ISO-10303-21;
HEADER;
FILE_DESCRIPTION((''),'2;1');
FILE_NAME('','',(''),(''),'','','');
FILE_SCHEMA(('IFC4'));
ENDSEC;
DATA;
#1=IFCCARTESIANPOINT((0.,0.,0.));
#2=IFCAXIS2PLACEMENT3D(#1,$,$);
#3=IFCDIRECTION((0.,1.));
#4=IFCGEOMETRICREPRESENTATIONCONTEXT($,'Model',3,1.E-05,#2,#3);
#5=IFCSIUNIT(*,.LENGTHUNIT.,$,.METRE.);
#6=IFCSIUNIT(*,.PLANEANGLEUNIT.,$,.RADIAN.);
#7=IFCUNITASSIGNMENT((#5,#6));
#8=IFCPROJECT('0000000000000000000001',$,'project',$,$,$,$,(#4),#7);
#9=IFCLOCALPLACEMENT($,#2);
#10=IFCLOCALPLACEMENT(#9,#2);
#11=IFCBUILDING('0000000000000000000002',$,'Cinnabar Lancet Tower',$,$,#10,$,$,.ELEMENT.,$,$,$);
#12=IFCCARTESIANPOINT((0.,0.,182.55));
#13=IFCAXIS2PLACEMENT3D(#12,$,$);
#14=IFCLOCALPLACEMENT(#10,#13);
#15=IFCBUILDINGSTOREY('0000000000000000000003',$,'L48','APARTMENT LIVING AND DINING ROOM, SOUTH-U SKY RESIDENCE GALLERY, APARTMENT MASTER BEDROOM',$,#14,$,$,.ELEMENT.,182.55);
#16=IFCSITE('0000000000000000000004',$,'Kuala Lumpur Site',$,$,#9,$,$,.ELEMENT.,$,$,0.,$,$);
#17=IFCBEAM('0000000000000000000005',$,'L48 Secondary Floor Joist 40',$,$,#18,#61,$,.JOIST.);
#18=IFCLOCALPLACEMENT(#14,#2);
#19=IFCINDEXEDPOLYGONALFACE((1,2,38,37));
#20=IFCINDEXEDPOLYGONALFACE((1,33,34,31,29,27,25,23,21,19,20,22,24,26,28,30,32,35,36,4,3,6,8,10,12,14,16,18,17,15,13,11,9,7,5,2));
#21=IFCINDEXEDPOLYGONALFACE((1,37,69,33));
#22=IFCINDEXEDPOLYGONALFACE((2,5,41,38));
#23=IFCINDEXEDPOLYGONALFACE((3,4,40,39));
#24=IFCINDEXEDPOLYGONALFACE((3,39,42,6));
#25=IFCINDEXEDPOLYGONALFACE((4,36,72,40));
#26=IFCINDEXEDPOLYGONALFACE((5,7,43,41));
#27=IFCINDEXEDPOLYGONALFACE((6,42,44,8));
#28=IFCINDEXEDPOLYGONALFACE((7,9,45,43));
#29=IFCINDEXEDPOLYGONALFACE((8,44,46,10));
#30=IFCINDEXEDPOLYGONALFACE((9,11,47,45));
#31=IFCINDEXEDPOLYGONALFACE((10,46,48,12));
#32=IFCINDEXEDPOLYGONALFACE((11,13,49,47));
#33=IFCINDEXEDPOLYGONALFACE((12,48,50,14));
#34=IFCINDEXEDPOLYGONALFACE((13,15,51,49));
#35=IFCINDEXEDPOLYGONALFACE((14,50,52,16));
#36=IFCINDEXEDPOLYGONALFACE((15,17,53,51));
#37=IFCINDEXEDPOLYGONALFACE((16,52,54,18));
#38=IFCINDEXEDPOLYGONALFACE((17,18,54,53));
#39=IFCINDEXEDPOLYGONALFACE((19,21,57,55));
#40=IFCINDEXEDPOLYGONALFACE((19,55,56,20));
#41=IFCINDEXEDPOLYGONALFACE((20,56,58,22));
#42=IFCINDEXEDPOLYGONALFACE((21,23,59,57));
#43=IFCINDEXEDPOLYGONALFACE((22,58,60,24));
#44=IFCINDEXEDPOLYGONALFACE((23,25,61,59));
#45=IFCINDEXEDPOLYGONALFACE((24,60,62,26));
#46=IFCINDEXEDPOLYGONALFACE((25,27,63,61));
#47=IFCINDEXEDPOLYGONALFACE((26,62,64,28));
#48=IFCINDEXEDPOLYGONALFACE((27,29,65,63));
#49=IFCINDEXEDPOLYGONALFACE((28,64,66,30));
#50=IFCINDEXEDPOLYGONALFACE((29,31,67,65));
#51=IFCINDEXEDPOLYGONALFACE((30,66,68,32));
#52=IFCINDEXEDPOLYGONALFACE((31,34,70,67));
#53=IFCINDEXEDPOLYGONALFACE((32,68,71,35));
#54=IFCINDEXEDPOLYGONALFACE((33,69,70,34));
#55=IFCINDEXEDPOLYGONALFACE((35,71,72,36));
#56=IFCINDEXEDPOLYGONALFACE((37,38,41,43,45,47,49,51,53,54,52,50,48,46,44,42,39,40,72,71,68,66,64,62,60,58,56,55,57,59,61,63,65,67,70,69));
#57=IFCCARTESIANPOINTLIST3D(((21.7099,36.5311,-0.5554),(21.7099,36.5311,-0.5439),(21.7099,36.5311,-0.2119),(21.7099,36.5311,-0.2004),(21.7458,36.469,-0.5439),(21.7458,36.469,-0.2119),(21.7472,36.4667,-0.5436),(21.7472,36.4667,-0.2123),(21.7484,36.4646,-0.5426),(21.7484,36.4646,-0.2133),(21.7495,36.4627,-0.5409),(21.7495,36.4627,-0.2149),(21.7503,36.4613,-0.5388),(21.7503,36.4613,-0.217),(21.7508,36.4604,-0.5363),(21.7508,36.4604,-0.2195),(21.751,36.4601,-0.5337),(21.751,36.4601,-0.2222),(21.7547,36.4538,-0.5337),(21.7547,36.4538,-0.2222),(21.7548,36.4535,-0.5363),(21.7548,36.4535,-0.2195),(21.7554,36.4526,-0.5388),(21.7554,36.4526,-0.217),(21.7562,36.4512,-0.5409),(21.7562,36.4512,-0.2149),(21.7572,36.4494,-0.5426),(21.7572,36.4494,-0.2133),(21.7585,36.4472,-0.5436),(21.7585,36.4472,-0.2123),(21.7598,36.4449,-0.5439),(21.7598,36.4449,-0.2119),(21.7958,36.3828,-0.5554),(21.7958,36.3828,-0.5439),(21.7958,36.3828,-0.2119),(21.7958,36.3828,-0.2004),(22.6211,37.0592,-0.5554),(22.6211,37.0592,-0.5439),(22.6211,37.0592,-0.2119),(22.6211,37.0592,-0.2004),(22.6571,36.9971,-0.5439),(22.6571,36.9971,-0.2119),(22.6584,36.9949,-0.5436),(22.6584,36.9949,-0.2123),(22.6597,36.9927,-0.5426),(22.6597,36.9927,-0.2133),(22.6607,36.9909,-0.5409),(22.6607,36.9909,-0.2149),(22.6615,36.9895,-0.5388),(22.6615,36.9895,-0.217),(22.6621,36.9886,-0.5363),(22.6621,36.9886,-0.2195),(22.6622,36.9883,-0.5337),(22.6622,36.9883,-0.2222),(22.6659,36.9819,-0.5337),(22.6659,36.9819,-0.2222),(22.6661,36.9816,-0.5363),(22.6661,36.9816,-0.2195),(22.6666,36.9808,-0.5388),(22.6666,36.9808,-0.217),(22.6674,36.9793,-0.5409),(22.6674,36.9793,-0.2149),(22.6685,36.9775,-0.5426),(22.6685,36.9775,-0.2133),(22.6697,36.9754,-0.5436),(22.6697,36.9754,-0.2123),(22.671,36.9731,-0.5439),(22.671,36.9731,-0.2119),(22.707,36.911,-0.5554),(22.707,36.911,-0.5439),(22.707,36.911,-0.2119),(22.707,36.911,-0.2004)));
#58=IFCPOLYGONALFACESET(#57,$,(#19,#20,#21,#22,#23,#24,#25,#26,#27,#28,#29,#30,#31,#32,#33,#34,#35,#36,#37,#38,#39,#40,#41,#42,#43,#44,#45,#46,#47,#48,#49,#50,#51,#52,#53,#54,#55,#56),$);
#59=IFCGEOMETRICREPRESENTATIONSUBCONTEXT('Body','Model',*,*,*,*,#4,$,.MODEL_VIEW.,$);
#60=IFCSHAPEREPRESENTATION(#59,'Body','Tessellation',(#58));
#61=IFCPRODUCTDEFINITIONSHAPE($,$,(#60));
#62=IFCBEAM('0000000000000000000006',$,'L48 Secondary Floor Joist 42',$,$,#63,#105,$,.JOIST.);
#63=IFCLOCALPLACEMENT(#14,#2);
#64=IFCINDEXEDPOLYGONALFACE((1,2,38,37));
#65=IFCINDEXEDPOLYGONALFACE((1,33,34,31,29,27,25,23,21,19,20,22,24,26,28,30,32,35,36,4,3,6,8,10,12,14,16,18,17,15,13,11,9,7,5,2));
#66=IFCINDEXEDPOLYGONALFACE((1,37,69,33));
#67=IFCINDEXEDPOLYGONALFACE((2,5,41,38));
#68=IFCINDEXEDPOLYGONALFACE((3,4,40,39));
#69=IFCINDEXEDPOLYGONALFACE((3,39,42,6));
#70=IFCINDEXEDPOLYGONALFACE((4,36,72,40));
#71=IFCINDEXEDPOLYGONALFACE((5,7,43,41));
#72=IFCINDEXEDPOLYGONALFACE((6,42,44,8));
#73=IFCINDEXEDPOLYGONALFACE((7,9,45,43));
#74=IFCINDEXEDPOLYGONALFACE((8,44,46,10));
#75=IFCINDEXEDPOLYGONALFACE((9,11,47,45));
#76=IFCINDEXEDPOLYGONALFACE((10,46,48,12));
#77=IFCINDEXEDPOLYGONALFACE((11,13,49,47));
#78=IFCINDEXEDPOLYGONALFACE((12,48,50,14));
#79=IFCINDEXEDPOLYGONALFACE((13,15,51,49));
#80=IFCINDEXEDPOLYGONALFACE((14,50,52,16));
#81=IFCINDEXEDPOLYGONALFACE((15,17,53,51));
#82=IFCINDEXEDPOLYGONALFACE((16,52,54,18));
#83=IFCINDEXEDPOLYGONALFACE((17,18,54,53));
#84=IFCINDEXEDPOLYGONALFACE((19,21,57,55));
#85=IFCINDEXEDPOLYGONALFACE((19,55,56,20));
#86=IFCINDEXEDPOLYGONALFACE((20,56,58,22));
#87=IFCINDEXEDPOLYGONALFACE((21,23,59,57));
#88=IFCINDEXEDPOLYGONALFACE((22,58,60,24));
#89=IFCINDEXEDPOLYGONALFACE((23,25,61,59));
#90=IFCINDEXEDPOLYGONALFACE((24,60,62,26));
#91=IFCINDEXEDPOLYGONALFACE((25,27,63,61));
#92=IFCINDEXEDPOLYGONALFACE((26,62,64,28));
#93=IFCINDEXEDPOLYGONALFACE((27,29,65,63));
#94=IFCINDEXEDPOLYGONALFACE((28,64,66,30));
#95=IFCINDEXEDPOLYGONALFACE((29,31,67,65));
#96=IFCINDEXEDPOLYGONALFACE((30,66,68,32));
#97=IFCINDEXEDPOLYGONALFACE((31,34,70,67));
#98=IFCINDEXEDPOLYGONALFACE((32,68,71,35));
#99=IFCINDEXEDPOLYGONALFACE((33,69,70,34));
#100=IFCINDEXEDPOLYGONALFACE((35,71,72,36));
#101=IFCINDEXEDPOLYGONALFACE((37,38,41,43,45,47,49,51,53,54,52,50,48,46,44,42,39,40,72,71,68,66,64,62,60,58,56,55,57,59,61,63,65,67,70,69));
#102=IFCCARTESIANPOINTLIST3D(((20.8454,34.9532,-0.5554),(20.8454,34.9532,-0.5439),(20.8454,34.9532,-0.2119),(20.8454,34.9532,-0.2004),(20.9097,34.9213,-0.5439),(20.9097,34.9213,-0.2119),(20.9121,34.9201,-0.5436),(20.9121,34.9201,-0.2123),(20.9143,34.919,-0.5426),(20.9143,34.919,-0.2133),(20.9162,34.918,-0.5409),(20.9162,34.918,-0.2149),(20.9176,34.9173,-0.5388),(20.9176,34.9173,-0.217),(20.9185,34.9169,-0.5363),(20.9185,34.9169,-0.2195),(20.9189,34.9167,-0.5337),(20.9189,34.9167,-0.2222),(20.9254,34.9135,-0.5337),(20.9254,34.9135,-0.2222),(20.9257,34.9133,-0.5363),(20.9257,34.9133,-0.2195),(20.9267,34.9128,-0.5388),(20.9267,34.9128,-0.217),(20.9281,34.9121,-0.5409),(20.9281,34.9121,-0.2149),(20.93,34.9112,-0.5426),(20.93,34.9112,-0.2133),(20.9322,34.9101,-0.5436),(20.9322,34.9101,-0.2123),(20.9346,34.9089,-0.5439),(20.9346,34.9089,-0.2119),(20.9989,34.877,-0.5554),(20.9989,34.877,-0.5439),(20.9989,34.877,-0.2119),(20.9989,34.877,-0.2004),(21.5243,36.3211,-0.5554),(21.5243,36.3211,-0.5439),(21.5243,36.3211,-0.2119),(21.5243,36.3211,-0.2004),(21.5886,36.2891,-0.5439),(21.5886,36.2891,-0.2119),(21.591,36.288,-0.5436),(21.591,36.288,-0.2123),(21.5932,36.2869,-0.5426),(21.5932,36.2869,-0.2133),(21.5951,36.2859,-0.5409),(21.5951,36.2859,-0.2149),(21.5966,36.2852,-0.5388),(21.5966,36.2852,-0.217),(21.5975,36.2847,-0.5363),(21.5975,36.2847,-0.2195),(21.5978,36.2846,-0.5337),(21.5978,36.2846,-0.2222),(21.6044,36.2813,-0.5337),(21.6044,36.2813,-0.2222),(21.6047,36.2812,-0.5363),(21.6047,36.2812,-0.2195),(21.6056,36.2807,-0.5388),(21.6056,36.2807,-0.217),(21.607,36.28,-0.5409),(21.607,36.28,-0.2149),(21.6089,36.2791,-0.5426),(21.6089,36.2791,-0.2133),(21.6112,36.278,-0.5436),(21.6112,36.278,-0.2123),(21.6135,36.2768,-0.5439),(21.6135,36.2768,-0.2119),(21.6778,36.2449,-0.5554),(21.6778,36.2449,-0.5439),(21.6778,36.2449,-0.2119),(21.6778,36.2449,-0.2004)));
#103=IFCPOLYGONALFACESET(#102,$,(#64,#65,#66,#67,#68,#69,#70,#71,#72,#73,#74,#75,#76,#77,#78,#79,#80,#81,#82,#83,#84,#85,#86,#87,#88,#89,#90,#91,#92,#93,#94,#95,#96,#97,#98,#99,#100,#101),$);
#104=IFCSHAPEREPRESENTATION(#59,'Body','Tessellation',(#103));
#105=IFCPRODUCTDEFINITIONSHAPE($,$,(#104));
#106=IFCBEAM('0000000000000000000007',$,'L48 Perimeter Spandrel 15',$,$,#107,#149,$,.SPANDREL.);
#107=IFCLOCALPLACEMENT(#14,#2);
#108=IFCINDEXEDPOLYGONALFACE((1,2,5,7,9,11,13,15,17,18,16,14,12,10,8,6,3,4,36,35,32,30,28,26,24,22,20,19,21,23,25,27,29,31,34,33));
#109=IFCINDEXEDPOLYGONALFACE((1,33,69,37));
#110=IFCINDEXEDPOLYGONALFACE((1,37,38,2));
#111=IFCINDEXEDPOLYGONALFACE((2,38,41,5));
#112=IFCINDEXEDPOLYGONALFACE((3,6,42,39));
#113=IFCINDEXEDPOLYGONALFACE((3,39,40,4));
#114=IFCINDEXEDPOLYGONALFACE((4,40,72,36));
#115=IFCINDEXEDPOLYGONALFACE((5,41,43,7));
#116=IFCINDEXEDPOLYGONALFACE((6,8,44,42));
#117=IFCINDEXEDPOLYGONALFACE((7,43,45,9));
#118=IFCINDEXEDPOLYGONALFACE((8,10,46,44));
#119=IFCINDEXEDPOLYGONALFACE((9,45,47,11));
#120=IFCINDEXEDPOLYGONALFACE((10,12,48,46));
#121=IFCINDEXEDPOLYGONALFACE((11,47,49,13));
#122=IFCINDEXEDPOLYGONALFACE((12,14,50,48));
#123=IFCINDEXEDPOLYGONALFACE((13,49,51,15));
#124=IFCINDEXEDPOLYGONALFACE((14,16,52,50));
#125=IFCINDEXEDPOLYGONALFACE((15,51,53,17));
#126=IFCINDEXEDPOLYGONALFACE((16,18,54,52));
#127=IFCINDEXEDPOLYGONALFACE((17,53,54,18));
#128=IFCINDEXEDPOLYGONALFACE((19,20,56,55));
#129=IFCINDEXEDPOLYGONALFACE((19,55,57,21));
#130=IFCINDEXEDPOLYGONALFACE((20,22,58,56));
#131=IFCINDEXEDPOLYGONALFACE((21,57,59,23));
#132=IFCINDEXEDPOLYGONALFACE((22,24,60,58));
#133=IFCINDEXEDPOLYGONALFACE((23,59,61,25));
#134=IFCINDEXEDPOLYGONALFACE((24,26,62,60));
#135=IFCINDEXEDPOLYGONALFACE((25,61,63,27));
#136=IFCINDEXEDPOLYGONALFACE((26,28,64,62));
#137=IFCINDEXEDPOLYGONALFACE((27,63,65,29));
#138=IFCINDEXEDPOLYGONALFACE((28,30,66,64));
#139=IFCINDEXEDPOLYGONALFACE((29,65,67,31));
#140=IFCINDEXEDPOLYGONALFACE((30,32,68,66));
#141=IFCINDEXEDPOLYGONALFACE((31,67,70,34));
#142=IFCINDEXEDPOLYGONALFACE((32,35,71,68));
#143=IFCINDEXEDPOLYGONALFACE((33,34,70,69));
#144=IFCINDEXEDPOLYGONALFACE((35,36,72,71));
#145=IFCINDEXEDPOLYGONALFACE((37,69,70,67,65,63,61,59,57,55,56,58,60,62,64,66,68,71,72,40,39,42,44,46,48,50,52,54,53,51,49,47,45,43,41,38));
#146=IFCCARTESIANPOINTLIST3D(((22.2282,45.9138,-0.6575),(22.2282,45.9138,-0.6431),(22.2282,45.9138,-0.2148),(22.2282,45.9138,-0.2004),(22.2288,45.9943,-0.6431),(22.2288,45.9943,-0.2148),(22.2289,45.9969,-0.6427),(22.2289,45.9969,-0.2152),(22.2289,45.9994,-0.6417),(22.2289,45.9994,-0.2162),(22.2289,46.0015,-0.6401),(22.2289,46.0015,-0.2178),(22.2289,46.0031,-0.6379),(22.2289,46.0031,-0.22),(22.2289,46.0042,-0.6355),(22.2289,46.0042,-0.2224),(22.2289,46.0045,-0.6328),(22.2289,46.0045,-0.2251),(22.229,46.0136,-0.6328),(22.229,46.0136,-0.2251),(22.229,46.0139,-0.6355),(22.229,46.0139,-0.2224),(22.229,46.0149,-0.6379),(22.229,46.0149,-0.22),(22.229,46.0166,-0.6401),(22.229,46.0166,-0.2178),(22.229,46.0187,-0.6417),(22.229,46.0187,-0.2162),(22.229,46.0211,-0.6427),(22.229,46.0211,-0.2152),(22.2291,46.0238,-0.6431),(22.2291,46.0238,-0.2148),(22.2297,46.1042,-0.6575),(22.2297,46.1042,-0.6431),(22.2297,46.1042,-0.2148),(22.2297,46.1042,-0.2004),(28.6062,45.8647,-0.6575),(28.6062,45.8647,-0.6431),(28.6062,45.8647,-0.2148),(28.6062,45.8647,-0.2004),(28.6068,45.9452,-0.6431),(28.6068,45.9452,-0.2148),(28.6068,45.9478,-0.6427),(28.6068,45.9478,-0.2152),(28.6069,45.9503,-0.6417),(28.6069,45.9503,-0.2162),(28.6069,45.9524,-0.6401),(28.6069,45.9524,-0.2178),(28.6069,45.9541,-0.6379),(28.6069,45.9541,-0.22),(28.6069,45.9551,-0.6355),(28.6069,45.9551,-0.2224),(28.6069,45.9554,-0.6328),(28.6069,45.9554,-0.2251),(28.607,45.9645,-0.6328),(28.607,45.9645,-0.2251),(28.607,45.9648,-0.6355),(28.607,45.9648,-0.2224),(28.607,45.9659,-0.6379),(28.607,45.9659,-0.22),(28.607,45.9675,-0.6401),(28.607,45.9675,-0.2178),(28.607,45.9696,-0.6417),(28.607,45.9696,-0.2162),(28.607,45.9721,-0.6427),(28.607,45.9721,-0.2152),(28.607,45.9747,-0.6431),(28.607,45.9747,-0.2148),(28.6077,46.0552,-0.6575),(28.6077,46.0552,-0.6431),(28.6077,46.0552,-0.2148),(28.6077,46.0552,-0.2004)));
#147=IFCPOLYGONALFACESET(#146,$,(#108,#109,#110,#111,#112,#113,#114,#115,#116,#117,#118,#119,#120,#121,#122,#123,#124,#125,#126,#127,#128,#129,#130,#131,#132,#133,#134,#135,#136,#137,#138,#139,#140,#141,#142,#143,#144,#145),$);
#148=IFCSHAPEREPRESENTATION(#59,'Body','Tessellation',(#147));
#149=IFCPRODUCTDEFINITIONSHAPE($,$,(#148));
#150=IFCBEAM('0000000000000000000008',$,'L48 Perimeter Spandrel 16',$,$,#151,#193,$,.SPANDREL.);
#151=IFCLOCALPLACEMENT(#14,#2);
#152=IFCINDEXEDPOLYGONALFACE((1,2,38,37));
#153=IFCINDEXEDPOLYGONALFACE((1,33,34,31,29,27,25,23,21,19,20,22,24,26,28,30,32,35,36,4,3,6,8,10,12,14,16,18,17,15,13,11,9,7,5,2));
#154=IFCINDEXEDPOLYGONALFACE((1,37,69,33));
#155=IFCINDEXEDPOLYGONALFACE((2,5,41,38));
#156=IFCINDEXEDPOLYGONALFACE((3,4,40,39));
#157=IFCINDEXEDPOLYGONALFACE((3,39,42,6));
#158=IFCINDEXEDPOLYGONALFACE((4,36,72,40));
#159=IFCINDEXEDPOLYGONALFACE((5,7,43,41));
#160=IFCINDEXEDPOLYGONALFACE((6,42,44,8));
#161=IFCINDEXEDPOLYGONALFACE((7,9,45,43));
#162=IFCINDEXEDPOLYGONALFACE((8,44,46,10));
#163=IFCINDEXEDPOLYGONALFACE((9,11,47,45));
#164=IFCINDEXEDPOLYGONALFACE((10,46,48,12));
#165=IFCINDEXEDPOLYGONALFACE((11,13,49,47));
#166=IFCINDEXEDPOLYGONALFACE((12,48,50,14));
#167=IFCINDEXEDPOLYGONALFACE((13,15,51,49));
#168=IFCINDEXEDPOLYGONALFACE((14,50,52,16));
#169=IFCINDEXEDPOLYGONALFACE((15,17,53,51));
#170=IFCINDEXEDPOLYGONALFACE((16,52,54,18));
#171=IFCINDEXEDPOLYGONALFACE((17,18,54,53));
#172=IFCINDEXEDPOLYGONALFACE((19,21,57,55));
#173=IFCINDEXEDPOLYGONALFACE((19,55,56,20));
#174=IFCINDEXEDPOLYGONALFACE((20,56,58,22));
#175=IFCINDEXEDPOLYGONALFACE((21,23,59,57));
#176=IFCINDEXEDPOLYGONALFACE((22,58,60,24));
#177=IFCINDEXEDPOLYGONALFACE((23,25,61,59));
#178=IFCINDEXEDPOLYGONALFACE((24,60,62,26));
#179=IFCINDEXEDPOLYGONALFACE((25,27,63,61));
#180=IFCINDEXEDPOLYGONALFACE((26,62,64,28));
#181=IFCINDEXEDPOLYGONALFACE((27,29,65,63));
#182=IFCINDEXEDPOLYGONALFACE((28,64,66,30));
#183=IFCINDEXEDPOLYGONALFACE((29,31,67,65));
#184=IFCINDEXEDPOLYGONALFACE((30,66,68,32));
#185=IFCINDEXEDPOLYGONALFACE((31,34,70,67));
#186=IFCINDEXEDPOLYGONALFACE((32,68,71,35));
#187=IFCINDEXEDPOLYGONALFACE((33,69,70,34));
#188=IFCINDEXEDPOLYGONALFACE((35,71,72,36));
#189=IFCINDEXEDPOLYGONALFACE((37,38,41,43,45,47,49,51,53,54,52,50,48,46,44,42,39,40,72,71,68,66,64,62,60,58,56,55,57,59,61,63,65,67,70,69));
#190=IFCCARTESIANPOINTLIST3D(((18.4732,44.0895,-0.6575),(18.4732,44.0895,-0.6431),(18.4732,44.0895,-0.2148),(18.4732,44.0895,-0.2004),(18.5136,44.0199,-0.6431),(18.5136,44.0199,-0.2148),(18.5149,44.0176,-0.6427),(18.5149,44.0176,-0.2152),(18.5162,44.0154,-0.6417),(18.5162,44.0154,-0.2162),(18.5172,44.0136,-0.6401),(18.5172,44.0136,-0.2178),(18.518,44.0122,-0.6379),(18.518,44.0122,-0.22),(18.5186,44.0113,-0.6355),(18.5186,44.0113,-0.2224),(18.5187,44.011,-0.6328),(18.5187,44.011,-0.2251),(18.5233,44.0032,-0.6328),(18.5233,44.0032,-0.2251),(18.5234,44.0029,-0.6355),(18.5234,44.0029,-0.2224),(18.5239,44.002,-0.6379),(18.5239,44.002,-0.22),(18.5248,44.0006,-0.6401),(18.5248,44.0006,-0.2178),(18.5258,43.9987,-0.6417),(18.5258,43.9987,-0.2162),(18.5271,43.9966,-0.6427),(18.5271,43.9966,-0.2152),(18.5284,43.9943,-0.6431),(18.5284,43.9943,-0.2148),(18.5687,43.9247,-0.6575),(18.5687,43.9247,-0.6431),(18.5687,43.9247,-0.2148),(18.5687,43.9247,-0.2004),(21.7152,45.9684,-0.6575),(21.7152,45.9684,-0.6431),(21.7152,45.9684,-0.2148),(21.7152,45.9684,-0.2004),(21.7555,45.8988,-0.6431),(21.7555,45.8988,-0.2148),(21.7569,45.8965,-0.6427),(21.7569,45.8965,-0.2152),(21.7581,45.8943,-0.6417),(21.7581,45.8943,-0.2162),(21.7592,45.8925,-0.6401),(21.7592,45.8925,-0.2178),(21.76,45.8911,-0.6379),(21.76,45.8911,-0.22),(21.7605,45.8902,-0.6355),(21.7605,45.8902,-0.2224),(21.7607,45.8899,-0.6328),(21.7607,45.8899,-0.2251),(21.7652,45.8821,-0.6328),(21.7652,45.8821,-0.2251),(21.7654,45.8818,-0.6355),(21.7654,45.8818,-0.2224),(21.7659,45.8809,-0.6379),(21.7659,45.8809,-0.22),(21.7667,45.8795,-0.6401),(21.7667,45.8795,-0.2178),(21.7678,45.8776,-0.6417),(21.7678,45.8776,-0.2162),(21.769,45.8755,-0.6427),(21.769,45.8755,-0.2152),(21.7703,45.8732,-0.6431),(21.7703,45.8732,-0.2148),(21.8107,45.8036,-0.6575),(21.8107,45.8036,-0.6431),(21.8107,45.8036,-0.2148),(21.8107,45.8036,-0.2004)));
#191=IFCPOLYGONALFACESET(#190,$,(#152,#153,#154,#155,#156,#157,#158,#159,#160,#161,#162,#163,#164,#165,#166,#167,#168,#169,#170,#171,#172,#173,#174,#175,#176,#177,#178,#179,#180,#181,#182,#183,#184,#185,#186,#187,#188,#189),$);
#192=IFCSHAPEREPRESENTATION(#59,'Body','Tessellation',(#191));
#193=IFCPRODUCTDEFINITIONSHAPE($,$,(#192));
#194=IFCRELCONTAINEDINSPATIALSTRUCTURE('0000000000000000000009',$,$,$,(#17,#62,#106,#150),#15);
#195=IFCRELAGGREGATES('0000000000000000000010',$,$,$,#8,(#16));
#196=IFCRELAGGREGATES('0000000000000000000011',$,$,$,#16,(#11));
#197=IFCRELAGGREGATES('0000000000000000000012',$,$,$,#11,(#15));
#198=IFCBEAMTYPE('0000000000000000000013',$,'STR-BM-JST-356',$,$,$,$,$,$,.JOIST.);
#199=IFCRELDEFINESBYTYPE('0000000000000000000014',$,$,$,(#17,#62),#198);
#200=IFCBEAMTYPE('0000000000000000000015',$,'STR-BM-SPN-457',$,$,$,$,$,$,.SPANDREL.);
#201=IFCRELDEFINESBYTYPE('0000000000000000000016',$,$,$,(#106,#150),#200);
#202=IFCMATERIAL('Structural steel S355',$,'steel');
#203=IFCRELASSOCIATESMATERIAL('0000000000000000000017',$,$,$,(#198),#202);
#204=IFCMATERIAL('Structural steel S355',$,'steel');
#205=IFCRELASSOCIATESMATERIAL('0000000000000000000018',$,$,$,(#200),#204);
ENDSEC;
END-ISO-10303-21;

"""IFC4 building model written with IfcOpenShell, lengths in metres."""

from ifc_helpers import new_model, si_unit, direction, frame, origin, origin_2d, place, context, subcontext, project, spatial, i_section, extrude, material, material_profile, profile_set, type_object, element, save


model = new_model("IFC4")

# Units and contexts
model_context = context("Model", 3, precision=1e-05, world=origin(), true_north=direction((0.0, 1.0)))
body_context = subcontext(model_context, "Body", "Model", "MODEL_VIEW")
ifc_project = project(units=[si_unit("LENGTHUNIT", "METRE"), si_unit("PLANEANGLEUNIT", "RADIAN")], contexts=[model_context])

# Site, building, storey
site_placement = place(None, origin())
site = spatial("IfcSite", under=ifc_project, at=site_placement, Name="Kuala Lumpur Site", CompositionType="ELEMENT", RefElevation=0.0)
building_placement = place(site_placement, origin())
building = spatial("IfcBuilding", under=site, at=building_placement, Name="Cinnabar Lancet Tower", CompositionType="ELEMENT")
storey_placement = place(building_placement, frame((0.0, 0.0, 182.55)))
storey = spatial("IfcBuildingStorey", under=building, at=storey_placement, Name="L48", Description="APARTMENT LIVING AND DINING ROOM, SOUTH-U SKY RESIDENCE GALLERY, APARTMENT MASTER BEDROOM", CompositionType="ELEMENT", Elevation=182.55)

# Beams
ifc_material_1 = material(Name="Structural steel S355", Category="steel")
ifc_material_profile_1 = material_profile(ifc_material_1, i_section(OverallWidth=0.1714, OverallDepth=0.355, WebThickness=0.0073, FlangeThickness=0.0115, FilletRadius=0.0103, at=origin_2d()), Name="UKB 356x171x51")
ifc_profile_set_1 = profile_set([ifc_material_profile_1], Name="Structural steel S355")
beam_type_1 = type_object("IfcBeamType", Name="STR-BM-JST-356", PredefinedType="JOIST", material=ifc_profile_set_1)
beam_1_placement = place(storey_placement, frame((22.6641, 36.9851, -0.3779), z_axis=(-0.865188, -0.501447, 0.0), x_axis=(0.501447, -0.865188, 0.0)))
element("IfcBeam", 1, at=beam_1_placement, inside=storey, type_object=beam_type_1, Name="L48 Secondary Floor Joist 40", PredefinedType="JOIST", context=body_context, shape_type="SweptSolid", body=[
    extrude(i_section(OverallWidth=0.1714, OverallDepth=0.355, WebThickness=0.0073, FlangeThickness=0.0115, FilletRadius=0.0103, at=origin_2d()), origin(), (0.0, 0.0, 1.0), 1.0532),
])
beam_2_placement = place(storey_placement, frame((21.6011, 36.283, -0.3779), z_axis=(-0.44459, -0.895734, 0.0), x_axis=(0.895734, -0.44459, 0.0)))
element("IfcBeam", 2, at=beam_2_placement, inside=storey, type_object=beam_type_1, Name="L48 Secondary Floor Joist 42", PredefinedType="JOIST", context=body_context, shape_type="SweptSolid", body=[
    extrude(i_section(OverallWidth=0.1714, OverallDepth=0.355, WebThickness=0.0073, FlangeThickness=0.0115, FilletRadius=0.0103, at=origin_2d()), origin(), (0.0, 0.0, 1.0), 1.5271),
])
ifc_material_2 = material(Name="Structural steel S355", Category="steel")
ifc_material_profile_2 = material_profile(ifc_material_2, i_section(OverallWidth=0.1904, OverallDepth=0.457, WebThickness=0.009, FlangeThickness=0.0144, FilletRadius=0.0103, at=origin_2d()), Name="UKB 457x191x74")
ifc_profile_set_2 = profile_set([ifc_material_profile_2], Name="Structural steel S355")
beam_type_2 = type_object("IfcBeamType", Name="STR-BM-SPN-457", PredefinedType="SPANDREL", material=ifc_profile_set_2)
beam_3_placement = place(storey_placement, frame((28.6069, 45.96, -0.429), z_axis=(-0.99997, 0.007694, 0.0), x_axis=(-0.007694, -0.99997, 0.0)))
element("IfcBeam", 3, at=beam_3_placement, inside=storey, type_object=beam_type_2, Name="L48 Perimeter Spandrel 15", PredefinedType="SPANDREL", context=body_context, shape_type="SweptSolid", body=[
    extrude(i_section(OverallWidth=0.1904, OverallDepth=0.457, WebThickness=0.009, FlangeThickness=0.0144, FilletRadius=0.0103, at=origin_2d()), origin(), (0.0, 0.0, 1.0), 6.3782),
])
beam_4_placement = place(storey_placement, frame((21.7629, 45.886, -0.429), z_axis=(-0.865196, -0.501434, 0.0), x_axis=(0.501434, -0.865196, 0.0)))
element("IfcBeam", 4, at=beam_4_placement, inside=storey, type_object=beam_type_2, Name="L48 Perimeter Spandrel 16", PredefinedType="SPANDREL", context=body_context, shape_type="SweptSolid", body=[
    extrude(i_section(OverallWidth=0.1904, OverallDepth=0.457, WebThickness=0.009, FlangeThickness=0.0144, FilletRadius=0.0103, at=origin_2d()), origin(), (0.0, 0.0, 1.0), 3.7471),
])

save(model, "model.ifc")
